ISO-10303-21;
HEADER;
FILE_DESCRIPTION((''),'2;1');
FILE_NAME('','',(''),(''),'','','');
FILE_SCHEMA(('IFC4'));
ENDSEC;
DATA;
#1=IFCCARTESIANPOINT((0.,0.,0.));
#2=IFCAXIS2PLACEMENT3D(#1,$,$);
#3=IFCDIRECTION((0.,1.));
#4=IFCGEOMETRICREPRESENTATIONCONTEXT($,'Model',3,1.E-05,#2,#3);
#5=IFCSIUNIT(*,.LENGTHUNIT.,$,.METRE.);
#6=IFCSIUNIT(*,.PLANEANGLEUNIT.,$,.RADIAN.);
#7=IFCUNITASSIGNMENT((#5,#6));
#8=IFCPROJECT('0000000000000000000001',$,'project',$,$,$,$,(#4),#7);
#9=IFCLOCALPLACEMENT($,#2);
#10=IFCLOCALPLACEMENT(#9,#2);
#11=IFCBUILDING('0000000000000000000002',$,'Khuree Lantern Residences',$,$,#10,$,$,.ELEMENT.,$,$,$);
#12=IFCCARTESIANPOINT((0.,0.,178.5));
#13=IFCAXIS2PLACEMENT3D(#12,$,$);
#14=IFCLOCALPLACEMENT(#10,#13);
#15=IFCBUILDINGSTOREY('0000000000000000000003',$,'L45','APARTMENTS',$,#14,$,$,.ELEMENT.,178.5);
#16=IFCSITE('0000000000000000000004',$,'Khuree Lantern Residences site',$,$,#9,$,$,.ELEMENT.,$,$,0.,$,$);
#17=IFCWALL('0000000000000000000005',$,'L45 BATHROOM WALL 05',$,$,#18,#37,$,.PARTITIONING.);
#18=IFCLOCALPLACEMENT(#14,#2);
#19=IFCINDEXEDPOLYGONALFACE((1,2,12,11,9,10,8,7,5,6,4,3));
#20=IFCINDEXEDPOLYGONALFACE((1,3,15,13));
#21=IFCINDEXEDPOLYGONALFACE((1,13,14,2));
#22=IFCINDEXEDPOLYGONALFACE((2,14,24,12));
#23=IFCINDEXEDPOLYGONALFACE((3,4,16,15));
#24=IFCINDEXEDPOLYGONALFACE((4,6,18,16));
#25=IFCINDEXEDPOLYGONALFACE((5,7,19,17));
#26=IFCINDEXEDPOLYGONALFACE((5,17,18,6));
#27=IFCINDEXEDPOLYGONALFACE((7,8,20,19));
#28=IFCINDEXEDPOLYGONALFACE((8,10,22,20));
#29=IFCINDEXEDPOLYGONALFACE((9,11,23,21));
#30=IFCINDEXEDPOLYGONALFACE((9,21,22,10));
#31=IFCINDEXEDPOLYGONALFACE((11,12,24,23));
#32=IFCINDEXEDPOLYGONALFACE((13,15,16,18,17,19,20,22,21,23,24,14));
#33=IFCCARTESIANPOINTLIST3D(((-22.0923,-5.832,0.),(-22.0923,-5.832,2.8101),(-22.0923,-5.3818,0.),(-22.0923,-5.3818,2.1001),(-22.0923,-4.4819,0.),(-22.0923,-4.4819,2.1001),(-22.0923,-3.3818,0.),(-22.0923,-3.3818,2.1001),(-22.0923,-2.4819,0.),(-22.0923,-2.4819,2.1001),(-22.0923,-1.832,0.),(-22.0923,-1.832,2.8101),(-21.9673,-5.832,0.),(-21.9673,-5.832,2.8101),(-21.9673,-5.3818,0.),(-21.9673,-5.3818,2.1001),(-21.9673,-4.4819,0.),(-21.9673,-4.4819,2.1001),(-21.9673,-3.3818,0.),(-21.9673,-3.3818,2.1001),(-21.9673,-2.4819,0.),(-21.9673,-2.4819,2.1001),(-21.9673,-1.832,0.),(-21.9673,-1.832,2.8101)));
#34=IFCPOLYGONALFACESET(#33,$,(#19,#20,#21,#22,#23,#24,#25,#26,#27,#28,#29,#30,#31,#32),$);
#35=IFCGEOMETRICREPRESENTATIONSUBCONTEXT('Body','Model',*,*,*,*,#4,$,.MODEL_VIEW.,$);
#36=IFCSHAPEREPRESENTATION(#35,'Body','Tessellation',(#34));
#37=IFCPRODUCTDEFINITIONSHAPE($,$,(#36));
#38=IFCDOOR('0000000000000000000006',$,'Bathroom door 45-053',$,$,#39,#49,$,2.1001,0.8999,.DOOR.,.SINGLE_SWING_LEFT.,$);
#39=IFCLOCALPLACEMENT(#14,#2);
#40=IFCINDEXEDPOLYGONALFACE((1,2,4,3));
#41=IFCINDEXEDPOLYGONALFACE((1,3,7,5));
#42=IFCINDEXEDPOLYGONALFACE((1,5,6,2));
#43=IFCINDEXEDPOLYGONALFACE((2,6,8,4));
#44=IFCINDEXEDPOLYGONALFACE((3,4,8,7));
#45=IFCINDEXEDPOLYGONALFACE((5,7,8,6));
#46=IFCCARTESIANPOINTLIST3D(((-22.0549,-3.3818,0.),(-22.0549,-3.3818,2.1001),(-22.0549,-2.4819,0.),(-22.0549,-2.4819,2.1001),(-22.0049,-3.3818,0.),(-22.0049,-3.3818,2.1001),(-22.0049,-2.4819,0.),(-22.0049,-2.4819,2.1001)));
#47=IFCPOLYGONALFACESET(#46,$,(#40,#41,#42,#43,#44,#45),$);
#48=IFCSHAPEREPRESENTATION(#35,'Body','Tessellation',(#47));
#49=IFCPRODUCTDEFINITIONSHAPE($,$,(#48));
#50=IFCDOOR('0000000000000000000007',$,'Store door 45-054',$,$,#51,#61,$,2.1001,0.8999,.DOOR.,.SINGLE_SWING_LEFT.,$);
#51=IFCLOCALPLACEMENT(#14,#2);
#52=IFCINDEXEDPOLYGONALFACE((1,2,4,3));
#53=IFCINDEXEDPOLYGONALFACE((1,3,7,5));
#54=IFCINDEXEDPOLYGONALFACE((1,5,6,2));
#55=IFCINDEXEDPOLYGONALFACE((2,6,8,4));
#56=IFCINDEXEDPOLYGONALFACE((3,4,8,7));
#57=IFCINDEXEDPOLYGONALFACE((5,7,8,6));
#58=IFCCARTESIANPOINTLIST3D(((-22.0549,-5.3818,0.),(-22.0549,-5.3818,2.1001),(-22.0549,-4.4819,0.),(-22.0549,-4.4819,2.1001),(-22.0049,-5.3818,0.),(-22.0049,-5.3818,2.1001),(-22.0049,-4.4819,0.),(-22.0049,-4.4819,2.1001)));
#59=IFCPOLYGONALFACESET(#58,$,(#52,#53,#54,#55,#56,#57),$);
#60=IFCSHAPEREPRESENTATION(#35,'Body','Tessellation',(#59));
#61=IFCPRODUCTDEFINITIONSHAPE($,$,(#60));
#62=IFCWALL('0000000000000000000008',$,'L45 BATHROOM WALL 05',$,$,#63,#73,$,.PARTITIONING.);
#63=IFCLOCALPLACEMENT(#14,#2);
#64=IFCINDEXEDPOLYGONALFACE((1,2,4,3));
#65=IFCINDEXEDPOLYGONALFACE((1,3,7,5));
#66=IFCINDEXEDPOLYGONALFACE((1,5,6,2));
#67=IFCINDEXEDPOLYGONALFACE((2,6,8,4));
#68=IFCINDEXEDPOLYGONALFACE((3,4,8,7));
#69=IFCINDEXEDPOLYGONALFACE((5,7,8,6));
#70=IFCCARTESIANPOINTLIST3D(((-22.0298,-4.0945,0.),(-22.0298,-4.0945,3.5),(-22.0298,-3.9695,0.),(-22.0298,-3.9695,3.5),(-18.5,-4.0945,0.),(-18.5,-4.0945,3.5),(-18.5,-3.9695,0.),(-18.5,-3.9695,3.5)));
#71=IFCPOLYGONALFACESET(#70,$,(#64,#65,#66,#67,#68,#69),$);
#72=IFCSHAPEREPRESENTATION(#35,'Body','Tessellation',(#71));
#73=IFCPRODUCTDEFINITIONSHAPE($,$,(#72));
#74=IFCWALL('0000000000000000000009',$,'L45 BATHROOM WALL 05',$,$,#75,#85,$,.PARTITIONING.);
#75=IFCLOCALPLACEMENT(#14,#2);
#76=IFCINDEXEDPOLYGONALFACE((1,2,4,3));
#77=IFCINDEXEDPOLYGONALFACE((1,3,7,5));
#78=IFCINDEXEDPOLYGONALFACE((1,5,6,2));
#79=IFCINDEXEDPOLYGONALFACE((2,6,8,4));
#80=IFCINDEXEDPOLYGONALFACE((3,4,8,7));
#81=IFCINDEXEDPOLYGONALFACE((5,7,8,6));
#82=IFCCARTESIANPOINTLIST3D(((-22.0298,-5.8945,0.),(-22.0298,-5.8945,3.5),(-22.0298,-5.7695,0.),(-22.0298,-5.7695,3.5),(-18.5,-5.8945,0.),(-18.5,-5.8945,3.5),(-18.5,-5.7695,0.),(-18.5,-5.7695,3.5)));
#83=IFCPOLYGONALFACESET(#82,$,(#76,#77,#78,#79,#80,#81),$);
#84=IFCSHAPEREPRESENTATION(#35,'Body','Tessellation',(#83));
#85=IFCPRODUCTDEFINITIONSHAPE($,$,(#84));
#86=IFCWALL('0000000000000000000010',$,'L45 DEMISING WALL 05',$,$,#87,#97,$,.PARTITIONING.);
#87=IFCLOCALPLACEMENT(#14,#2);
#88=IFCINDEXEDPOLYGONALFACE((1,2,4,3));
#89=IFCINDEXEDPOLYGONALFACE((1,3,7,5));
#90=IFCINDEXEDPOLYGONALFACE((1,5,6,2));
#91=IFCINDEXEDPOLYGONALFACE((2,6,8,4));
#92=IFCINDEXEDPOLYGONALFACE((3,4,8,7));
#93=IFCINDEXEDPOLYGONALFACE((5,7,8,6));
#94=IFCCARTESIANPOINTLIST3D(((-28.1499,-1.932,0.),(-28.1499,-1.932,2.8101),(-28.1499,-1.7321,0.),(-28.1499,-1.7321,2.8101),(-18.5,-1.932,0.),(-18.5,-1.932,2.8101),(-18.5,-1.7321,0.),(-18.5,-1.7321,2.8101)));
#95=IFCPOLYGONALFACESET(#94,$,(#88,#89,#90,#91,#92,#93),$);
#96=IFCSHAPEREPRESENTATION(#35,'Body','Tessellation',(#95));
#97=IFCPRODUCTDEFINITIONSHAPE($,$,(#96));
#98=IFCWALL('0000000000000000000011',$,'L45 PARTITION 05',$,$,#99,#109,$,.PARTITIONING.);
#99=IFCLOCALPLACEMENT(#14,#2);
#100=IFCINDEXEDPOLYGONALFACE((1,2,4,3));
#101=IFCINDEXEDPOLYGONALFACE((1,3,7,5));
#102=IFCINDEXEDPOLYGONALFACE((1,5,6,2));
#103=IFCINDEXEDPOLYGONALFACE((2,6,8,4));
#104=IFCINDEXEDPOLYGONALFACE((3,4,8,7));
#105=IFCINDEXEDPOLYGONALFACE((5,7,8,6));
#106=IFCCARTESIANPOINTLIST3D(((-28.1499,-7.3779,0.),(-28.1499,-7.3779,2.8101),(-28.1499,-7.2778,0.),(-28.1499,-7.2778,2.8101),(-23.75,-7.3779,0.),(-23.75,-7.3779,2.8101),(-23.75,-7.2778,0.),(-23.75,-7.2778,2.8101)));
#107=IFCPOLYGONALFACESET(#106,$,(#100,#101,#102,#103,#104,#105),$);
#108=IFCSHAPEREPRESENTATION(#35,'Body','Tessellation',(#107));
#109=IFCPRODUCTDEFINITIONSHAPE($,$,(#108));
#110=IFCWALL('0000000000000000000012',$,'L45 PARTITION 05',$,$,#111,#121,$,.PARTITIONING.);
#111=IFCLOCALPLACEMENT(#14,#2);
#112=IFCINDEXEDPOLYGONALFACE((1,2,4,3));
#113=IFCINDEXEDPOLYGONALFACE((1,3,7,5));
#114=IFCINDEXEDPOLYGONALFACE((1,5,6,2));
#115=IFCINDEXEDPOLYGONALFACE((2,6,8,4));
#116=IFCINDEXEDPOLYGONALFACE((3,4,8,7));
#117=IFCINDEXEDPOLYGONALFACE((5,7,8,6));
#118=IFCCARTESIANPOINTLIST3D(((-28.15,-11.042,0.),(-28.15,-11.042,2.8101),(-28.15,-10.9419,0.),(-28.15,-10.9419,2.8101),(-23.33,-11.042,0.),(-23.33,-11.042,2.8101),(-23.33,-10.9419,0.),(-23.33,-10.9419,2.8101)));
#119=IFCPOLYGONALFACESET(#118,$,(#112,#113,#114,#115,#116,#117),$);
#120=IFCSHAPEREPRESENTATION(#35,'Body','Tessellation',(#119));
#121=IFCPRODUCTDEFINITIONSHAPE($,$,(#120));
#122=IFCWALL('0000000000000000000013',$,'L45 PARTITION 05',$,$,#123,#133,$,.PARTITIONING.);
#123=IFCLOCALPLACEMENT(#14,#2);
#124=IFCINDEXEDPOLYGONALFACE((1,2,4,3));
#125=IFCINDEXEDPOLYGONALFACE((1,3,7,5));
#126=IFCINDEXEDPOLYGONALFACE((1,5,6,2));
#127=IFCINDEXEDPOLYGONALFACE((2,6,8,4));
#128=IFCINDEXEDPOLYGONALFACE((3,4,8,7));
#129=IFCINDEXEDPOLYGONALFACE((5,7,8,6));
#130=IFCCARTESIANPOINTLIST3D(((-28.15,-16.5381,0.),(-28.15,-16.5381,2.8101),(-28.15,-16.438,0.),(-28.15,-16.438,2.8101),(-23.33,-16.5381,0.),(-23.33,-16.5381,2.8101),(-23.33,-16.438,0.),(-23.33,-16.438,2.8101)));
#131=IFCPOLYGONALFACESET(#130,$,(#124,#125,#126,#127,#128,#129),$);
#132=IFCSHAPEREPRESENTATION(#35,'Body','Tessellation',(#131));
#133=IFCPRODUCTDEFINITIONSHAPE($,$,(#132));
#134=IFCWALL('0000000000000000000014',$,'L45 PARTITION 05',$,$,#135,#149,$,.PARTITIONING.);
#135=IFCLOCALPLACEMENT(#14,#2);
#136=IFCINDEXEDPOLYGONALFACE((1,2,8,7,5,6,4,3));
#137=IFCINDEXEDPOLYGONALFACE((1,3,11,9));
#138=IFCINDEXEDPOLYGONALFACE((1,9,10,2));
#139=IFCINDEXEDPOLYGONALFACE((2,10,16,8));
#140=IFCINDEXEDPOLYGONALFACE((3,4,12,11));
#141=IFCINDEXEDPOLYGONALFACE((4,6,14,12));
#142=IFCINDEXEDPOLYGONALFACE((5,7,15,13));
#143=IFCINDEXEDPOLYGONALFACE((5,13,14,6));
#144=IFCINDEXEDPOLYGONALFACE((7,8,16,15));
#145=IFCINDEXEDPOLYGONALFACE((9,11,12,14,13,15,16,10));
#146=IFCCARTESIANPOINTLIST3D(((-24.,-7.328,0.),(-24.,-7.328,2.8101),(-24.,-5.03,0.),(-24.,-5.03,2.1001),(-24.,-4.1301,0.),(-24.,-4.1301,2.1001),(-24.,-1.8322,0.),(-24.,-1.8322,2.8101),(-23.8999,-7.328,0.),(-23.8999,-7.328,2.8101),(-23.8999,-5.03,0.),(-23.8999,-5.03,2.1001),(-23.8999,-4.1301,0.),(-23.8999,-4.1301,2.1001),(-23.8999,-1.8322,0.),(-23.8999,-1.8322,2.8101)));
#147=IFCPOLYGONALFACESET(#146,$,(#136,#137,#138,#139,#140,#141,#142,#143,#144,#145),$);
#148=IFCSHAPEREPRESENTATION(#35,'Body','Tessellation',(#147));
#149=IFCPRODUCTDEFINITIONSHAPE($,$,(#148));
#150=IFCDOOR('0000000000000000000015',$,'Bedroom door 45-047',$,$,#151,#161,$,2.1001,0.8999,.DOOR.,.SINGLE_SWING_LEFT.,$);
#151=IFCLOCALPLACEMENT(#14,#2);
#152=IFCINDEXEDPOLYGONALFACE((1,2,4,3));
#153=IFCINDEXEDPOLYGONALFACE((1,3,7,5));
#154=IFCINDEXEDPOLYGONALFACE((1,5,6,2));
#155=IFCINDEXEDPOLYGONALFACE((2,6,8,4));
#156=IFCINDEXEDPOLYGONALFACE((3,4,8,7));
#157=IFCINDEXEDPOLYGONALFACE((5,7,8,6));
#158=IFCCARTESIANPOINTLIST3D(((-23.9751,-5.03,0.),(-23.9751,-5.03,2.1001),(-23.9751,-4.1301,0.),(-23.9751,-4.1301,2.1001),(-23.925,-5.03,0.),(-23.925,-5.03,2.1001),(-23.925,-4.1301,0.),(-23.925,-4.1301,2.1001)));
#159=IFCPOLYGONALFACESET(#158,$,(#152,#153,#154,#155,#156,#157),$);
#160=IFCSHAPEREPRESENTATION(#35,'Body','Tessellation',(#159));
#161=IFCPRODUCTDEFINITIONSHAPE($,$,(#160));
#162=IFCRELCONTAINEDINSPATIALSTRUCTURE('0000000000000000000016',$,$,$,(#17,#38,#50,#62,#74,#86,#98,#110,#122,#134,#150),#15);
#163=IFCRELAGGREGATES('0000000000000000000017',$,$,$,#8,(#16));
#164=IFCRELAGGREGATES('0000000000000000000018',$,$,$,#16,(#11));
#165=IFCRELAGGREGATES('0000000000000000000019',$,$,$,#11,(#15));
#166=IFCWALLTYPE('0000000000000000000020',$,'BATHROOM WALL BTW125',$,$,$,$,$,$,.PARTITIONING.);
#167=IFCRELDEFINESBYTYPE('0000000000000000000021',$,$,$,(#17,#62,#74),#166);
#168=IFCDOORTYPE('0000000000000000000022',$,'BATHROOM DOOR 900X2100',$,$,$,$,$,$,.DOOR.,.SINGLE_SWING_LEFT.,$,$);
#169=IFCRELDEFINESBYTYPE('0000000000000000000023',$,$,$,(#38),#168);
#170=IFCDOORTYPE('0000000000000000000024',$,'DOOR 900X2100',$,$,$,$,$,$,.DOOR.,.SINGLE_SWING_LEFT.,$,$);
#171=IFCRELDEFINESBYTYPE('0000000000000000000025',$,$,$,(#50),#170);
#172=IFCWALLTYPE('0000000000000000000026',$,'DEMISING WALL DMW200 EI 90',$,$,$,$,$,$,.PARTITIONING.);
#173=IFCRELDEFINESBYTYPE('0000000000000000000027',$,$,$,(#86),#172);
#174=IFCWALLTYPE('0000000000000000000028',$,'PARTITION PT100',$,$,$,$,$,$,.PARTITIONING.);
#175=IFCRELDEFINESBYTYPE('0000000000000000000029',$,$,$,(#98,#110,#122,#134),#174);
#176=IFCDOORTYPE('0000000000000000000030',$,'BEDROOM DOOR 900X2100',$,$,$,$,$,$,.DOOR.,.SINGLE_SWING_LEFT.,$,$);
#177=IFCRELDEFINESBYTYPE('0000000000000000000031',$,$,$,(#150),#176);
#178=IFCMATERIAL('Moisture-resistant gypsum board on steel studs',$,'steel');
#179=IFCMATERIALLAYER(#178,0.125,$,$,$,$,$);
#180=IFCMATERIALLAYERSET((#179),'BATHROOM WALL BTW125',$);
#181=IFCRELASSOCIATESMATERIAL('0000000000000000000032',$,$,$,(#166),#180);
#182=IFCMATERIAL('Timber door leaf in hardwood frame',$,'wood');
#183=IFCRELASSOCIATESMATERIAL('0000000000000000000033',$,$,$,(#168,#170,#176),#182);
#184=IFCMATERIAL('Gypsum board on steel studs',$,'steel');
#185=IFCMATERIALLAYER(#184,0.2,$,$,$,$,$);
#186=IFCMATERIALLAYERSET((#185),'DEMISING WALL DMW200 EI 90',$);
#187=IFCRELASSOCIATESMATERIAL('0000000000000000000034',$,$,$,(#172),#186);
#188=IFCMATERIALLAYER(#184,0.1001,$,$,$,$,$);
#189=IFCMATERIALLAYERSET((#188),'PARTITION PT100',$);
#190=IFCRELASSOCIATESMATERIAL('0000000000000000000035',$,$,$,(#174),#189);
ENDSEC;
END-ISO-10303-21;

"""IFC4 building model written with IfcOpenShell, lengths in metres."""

from ifc_helpers import new_model, si_unit, direction, frame, frame_2d, origin, place, context, subcontext, project, spatial, rectangle, extrude, material, layer, layer_set, type_object, element, fill, save


model = new_model("IFC4")

# Units and contexts
model_context = context("Model", 3, precision=1e-05, world=origin(), true_north=direction((0.0, 1.0)))
body_context = subcontext(model_context, "Body", "Model", "MODEL_VIEW")
ifc_project = project(units=[si_unit("LENGTHUNIT", "METRE"), si_unit("PLANEANGLEUNIT", "RADIAN")], contexts=[model_context])

# Site, building, storey
site_placement = place(None, origin())
site = spatial("IfcSite", under=ifc_project, at=site_placement, Name="Khuree Lantern Residences site", CompositionType="ELEMENT", RefElevation=0.0)
building_placement = place(site_placement, origin())
building = spatial("IfcBuilding", under=site, at=building_placement, Name="Khuree Lantern Residences", CompositionType="ELEMENT")
storey_placement = place(building_placement, frame((0.0, 0.0, 178.5)))
storey = spatial("IfcBuildingStorey", under=building, at=storey_placement, Name="L45", Description="APARTMENTS", CompositionType="ELEMENT", Elevation=178.5)

# Shared definitions
ifc_material_1 = material(Name="Moisture-resistant gypsum board on steel studs", Category="steel")
ifc_layer_1 = layer(ifc_material_1, 0.125)
ifc_layer_set_1 = layer_set([ifc_layer_1], Name="BATHROOM WALL BTW125")
wall_type_1 = type_object("IfcWallType", Name="BATHROOM WALL BTW125", PredefinedType="PARTITIONING", material=ifc_layer_set_1)

# Wall, openings, doors
wall_1_placement = place(storey_placement, frame((-22.0298, -1.832, 0.0), z_axis=(0.0, 0.0, 1.0), x_axis=(0.0, -1.0, 0.0)))
wall_1 = element("IfcWall", 1, at=wall_1_placement, inside=storey, type_object=wall_type_1, Name="L45 BATHROOM WALL 05", PredefinedType="PARTITIONING", context=body_context, shape_type="SweptSolid", body=[
    extrude(rectangle(XDim=4.0, YDim=0.125, at=frame_2d((2.0, 0.0))), origin(), (0.0, 0.0, 1.0), 2.8101),
])
opening_1_placement = place(wall_1_placement, frame((0.6499, 0.0, 0.0)))
opening_1 = element("IfcOpeningElement", 2, at=opening_1_placement, cuts=wall_1, PredefinedType="OPENING", context=body_context, shape_type="SweptSolid", body=[
    extrude(rectangle(XDim=0.8999, YDim=2.1001, at=frame_2d((0.45, 1.05))), frame((0.0, 0.0725, 0.0), z_axis=(0.0, -1.0, 0.0), x_axis=(1.0, 0.0, 0.0)), (0.0, 0.0, 1.0), 0.145),
])
opening_2_placement = place(wall_1_placement, frame((2.6499, 0.0, 0.0)))
opening_2 = element("IfcOpeningElement", 3, at=opening_2_placement, cuts=wall_1, PredefinedType="OPENING", context=body_context, shape_type="SweptSolid", body=[
    extrude(rectangle(XDim=0.8999, YDim=2.1001, at=frame_2d((0.45, 1.05))), frame((0.0, 0.0725, 0.0), z_axis=(0.0, -1.0, 0.0), x_axis=(1.0, 0.0, 0.0)), (0.0, 0.0, 1.0), 0.145),
])
ifc_material_2 = material(Name="Timber door leaf in hardwood frame", Category="wood")
door_type_1 = type_object("IfcDoorType", Name="BATHROOM DOOR 900X2100", OperationType="SINGLE_SWING_LEFT", PredefinedType="DOOR", material=ifc_material_2)
door_1_placement = place(opening_1_placement, origin())
door_1 = element("IfcDoor", 4, at=door_1_placement, inside=storey, type_object=door_type_1, Name="Bathroom door 45-053", OperationType="SINGLE_SWING_LEFT", OverallHeight=2.1001, OverallWidth=0.8999, PredefinedType="DOOR", context=body_context, shape_type="SweptSolid", body=[
    extrude(rectangle(XDim=0.8999, YDim=2.1001, at=frame_2d((0.45, 1.05))), frame((0.0, 0.0249, 0.0), z_axis=(0.0, -1.0, 0.0), x_axis=(1.0, 0.0, 0.0)), (0.0, 0.0, 1.0), 0.05),
])
fill(opening_1, door_1)
door_type_2 = type_object("IfcDoorType", Name="DOOR 900X2100", OperationType="SINGLE_SWING_LEFT", PredefinedType="DOOR", material=ifc_material_2)
door_2_placement = place(opening_2_placement, origin())
door_2 = element("IfcDoor", 5, at=door_2_placement, inside=storey, type_object=door_type_2, Name="Store door 45-054", OperationType="SINGLE_SWING_LEFT", OverallHeight=2.1001, OverallWidth=0.8999, PredefinedType="DOOR", context=body_context, shape_type="SweptSolid", body=[
    extrude(rectangle(XDim=0.8999, YDim=2.1001, at=frame_2d((0.45, 1.05))), frame((0.0, 0.0249, 0.0), z_axis=(0.0, -1.0, 0.0), x_axis=(1.0, 0.0, 0.0)), (0.0, 0.0, 1.0), 0.05),
])
fill(opening_2, door_2)

# Walls
for number, where, z_axis, x_axis, name in (
    (6, (-18.5, -4.032, 0.0), (0.0, 0.0, 1.0), (-1.0, 0.0, 0.0), "L45 BATHROOM WALL 05"),
    (7, (-18.5, -5.832, 0.0), (0.0, 0.0, 1.0), (-1.0, 0.0, 0.0), "L45 BATHROOM WALL 05"),
):
    element("IfcWall", number, at=place(storey_placement, frame(where, z_axis=z_axis, x_axis=x_axis)), inside=storey, type_object=wall_type_1, Name=name, PredefinedType="PARTITIONING", context=body_context, shape_type="SweptSolid", body=[
        extrude(rectangle(XDim=3.5298, YDim=0.125, at=frame_2d((1.7649, 0.0))), origin(), (0.0, 0.0, 1.0), 3.5),
    ])
ifc_material_3 = material(Name="Gypsum board on steel studs", Category="steel")
ifc_layer_2 = layer(ifc_material_3, 0.2)
ifc_layer_set_2 = layer_set([ifc_layer_2], Name="DEMISING WALL DMW200 EI 90")
wall_type_2 = type_object("IfcWallType", Name="DEMISING WALL DMW200 EI 90", PredefinedType="PARTITIONING", material=ifc_layer_set_2)
wall_2_placement = place(storey_placement, frame((-18.5, -1.832, 0.0), z_axis=(0.0, 0.0, 1.0), x_axis=(-1.0, 0.0, 0.0)))
element("IfcWall", 8, at=wall_2_placement, inside=storey, type_object=wall_type_2, Name="L45 DEMISING WALL 05", PredefinedType="PARTITIONING", context=body_context, shape_type="SweptSolid", body=[
    extrude(rectangle(XDim=9.6499, YDim=0.2, at=frame_2d((4.825, 0.0))), origin(), (0.0, 0.0, 1.0), 2.8101),
])
ifc_layer_3 = layer(ifc_material_3, 0.1001)
ifc_layer_set_3 = layer_set([ifc_layer_3], Name="PARTITION PT100")
wall_type_3 = type_object("IfcWallType", Name="PARTITION PT100", PredefinedType="PARTITIONING", material=ifc_layer_set_3)
wall_3_placement = place(storey_placement, frame((-23.75, -7.3279, 0.0), z_axis=(0.0, 0.0, 1.0), x_axis=(-1.0, 0.0, 0.0)))
element("IfcWall", 9, at=wall_3_placement, inside=storey, type_object=wall_type_3, Name="L45 PARTITION 05", PredefinedType="PARTITIONING", context=body_context, shape_type="SweptSolid", body=[
    extrude(rectangle(XDim=4.3999, YDim=0.1001, at=frame_2d((2.2, 0.0))), origin(), (0.0, 0.0, 1.0), 2.8101),
])
for number, where, z_axis, x_axis, name in (
    (10, (-23.3298, -10.9919, 0.0), (0.0, 0.0, 1.0), (-1.0, 0.0, 0.0), "L45 PARTITION 05"),
    (11, (-23.3298, -16.488, 0.0), (0.0, 0.0, 1.0), (-1.0, 0.0, 0.0), "L45 PARTITION 05"),
):
    element("IfcWall", number, at=place(storey_placement, frame(where, z_axis=z_axis, x_axis=x_axis)), inside=storey, type_object=wall_type_3, Name=name, PredefinedType="PARTITIONING", context=body_context, shape_type="SweptSolid", body=[
        extrude(rectangle(XDim=4.8201, YDim=0.1001, at=frame_2d((2.4102, 0.0))), origin(), (0.0, 0.0, 1.0), 2.8101),
    ])

# Wall, opening, door
wall_4_placement = place(storey_placement, frame((-23.95, -1.832, 0.0), z_axis=(0.0, 0.0, 1.0), x_axis=(0.0, -1.0, 0.0)))
wall_4 = element("IfcWall", 12, at=wall_4_placement, inside=storey, type_object=wall_type_3, Name="L45 PARTITION 05", PredefinedType="PARTITIONING", context=body_context, shape_type="SweptSolid", body=[
    extrude(rectangle(XDim=5.4958, YDim=0.1001, at=frame_2d((2.748, 0.0))), origin(), (0.0, 0.0, 1.0), 2.8101),
])
opening_3_placement = place(wall_4_placement, frame((2.2981, 0.0, 0.0)))
opening_3 = element("IfcOpeningElement", 13, at=opening_3_placement, cuts=wall_4, PredefinedType="OPENING", context=body_context, shape_type="SweptSolid", body=[
    extrude(rectangle(XDim=0.8999, YDim=2.1001, at=frame_2d((0.45, 1.05))), frame((0.0, 0.0601, 0.0), z_axis=(0.0, -1.0, 0.0), x_axis=(1.0, 0.0, 0.0)), (0.0, 0.0, 1.0), 0.1201),
])
door_type_3 = type_object("IfcDoorType", Name="BEDROOM DOOR 900X2100", OperationType="SINGLE_SWING_LEFT", PredefinedType="DOOR", material=ifc_material_2)
door_3_placement = place(opening_3_placement, origin())
door_3 = element("IfcDoor", 14, at=door_3_placement, inside=storey, type_object=door_type_3, Name="Bedroom door 45-047", OperationType="SINGLE_SWING_LEFT", OverallHeight=2.1001, OverallWidth=0.8999, PredefinedType="DOOR", context=body_context, shape_type="SweptSolid", body=[
    extrude(rectangle(XDim=0.8999, YDim=2.1001, at=frame_2d((0.45, 1.05))), frame((0.0, 0.0249, 0.0), z_axis=(0.0, -1.0, 0.0), x_axis=(1.0, 0.0, 0.0)), (0.0, 0.0, 1.0), 0.05),
])
fill(opening_3, door_3)

save(model, "model.ifc")
